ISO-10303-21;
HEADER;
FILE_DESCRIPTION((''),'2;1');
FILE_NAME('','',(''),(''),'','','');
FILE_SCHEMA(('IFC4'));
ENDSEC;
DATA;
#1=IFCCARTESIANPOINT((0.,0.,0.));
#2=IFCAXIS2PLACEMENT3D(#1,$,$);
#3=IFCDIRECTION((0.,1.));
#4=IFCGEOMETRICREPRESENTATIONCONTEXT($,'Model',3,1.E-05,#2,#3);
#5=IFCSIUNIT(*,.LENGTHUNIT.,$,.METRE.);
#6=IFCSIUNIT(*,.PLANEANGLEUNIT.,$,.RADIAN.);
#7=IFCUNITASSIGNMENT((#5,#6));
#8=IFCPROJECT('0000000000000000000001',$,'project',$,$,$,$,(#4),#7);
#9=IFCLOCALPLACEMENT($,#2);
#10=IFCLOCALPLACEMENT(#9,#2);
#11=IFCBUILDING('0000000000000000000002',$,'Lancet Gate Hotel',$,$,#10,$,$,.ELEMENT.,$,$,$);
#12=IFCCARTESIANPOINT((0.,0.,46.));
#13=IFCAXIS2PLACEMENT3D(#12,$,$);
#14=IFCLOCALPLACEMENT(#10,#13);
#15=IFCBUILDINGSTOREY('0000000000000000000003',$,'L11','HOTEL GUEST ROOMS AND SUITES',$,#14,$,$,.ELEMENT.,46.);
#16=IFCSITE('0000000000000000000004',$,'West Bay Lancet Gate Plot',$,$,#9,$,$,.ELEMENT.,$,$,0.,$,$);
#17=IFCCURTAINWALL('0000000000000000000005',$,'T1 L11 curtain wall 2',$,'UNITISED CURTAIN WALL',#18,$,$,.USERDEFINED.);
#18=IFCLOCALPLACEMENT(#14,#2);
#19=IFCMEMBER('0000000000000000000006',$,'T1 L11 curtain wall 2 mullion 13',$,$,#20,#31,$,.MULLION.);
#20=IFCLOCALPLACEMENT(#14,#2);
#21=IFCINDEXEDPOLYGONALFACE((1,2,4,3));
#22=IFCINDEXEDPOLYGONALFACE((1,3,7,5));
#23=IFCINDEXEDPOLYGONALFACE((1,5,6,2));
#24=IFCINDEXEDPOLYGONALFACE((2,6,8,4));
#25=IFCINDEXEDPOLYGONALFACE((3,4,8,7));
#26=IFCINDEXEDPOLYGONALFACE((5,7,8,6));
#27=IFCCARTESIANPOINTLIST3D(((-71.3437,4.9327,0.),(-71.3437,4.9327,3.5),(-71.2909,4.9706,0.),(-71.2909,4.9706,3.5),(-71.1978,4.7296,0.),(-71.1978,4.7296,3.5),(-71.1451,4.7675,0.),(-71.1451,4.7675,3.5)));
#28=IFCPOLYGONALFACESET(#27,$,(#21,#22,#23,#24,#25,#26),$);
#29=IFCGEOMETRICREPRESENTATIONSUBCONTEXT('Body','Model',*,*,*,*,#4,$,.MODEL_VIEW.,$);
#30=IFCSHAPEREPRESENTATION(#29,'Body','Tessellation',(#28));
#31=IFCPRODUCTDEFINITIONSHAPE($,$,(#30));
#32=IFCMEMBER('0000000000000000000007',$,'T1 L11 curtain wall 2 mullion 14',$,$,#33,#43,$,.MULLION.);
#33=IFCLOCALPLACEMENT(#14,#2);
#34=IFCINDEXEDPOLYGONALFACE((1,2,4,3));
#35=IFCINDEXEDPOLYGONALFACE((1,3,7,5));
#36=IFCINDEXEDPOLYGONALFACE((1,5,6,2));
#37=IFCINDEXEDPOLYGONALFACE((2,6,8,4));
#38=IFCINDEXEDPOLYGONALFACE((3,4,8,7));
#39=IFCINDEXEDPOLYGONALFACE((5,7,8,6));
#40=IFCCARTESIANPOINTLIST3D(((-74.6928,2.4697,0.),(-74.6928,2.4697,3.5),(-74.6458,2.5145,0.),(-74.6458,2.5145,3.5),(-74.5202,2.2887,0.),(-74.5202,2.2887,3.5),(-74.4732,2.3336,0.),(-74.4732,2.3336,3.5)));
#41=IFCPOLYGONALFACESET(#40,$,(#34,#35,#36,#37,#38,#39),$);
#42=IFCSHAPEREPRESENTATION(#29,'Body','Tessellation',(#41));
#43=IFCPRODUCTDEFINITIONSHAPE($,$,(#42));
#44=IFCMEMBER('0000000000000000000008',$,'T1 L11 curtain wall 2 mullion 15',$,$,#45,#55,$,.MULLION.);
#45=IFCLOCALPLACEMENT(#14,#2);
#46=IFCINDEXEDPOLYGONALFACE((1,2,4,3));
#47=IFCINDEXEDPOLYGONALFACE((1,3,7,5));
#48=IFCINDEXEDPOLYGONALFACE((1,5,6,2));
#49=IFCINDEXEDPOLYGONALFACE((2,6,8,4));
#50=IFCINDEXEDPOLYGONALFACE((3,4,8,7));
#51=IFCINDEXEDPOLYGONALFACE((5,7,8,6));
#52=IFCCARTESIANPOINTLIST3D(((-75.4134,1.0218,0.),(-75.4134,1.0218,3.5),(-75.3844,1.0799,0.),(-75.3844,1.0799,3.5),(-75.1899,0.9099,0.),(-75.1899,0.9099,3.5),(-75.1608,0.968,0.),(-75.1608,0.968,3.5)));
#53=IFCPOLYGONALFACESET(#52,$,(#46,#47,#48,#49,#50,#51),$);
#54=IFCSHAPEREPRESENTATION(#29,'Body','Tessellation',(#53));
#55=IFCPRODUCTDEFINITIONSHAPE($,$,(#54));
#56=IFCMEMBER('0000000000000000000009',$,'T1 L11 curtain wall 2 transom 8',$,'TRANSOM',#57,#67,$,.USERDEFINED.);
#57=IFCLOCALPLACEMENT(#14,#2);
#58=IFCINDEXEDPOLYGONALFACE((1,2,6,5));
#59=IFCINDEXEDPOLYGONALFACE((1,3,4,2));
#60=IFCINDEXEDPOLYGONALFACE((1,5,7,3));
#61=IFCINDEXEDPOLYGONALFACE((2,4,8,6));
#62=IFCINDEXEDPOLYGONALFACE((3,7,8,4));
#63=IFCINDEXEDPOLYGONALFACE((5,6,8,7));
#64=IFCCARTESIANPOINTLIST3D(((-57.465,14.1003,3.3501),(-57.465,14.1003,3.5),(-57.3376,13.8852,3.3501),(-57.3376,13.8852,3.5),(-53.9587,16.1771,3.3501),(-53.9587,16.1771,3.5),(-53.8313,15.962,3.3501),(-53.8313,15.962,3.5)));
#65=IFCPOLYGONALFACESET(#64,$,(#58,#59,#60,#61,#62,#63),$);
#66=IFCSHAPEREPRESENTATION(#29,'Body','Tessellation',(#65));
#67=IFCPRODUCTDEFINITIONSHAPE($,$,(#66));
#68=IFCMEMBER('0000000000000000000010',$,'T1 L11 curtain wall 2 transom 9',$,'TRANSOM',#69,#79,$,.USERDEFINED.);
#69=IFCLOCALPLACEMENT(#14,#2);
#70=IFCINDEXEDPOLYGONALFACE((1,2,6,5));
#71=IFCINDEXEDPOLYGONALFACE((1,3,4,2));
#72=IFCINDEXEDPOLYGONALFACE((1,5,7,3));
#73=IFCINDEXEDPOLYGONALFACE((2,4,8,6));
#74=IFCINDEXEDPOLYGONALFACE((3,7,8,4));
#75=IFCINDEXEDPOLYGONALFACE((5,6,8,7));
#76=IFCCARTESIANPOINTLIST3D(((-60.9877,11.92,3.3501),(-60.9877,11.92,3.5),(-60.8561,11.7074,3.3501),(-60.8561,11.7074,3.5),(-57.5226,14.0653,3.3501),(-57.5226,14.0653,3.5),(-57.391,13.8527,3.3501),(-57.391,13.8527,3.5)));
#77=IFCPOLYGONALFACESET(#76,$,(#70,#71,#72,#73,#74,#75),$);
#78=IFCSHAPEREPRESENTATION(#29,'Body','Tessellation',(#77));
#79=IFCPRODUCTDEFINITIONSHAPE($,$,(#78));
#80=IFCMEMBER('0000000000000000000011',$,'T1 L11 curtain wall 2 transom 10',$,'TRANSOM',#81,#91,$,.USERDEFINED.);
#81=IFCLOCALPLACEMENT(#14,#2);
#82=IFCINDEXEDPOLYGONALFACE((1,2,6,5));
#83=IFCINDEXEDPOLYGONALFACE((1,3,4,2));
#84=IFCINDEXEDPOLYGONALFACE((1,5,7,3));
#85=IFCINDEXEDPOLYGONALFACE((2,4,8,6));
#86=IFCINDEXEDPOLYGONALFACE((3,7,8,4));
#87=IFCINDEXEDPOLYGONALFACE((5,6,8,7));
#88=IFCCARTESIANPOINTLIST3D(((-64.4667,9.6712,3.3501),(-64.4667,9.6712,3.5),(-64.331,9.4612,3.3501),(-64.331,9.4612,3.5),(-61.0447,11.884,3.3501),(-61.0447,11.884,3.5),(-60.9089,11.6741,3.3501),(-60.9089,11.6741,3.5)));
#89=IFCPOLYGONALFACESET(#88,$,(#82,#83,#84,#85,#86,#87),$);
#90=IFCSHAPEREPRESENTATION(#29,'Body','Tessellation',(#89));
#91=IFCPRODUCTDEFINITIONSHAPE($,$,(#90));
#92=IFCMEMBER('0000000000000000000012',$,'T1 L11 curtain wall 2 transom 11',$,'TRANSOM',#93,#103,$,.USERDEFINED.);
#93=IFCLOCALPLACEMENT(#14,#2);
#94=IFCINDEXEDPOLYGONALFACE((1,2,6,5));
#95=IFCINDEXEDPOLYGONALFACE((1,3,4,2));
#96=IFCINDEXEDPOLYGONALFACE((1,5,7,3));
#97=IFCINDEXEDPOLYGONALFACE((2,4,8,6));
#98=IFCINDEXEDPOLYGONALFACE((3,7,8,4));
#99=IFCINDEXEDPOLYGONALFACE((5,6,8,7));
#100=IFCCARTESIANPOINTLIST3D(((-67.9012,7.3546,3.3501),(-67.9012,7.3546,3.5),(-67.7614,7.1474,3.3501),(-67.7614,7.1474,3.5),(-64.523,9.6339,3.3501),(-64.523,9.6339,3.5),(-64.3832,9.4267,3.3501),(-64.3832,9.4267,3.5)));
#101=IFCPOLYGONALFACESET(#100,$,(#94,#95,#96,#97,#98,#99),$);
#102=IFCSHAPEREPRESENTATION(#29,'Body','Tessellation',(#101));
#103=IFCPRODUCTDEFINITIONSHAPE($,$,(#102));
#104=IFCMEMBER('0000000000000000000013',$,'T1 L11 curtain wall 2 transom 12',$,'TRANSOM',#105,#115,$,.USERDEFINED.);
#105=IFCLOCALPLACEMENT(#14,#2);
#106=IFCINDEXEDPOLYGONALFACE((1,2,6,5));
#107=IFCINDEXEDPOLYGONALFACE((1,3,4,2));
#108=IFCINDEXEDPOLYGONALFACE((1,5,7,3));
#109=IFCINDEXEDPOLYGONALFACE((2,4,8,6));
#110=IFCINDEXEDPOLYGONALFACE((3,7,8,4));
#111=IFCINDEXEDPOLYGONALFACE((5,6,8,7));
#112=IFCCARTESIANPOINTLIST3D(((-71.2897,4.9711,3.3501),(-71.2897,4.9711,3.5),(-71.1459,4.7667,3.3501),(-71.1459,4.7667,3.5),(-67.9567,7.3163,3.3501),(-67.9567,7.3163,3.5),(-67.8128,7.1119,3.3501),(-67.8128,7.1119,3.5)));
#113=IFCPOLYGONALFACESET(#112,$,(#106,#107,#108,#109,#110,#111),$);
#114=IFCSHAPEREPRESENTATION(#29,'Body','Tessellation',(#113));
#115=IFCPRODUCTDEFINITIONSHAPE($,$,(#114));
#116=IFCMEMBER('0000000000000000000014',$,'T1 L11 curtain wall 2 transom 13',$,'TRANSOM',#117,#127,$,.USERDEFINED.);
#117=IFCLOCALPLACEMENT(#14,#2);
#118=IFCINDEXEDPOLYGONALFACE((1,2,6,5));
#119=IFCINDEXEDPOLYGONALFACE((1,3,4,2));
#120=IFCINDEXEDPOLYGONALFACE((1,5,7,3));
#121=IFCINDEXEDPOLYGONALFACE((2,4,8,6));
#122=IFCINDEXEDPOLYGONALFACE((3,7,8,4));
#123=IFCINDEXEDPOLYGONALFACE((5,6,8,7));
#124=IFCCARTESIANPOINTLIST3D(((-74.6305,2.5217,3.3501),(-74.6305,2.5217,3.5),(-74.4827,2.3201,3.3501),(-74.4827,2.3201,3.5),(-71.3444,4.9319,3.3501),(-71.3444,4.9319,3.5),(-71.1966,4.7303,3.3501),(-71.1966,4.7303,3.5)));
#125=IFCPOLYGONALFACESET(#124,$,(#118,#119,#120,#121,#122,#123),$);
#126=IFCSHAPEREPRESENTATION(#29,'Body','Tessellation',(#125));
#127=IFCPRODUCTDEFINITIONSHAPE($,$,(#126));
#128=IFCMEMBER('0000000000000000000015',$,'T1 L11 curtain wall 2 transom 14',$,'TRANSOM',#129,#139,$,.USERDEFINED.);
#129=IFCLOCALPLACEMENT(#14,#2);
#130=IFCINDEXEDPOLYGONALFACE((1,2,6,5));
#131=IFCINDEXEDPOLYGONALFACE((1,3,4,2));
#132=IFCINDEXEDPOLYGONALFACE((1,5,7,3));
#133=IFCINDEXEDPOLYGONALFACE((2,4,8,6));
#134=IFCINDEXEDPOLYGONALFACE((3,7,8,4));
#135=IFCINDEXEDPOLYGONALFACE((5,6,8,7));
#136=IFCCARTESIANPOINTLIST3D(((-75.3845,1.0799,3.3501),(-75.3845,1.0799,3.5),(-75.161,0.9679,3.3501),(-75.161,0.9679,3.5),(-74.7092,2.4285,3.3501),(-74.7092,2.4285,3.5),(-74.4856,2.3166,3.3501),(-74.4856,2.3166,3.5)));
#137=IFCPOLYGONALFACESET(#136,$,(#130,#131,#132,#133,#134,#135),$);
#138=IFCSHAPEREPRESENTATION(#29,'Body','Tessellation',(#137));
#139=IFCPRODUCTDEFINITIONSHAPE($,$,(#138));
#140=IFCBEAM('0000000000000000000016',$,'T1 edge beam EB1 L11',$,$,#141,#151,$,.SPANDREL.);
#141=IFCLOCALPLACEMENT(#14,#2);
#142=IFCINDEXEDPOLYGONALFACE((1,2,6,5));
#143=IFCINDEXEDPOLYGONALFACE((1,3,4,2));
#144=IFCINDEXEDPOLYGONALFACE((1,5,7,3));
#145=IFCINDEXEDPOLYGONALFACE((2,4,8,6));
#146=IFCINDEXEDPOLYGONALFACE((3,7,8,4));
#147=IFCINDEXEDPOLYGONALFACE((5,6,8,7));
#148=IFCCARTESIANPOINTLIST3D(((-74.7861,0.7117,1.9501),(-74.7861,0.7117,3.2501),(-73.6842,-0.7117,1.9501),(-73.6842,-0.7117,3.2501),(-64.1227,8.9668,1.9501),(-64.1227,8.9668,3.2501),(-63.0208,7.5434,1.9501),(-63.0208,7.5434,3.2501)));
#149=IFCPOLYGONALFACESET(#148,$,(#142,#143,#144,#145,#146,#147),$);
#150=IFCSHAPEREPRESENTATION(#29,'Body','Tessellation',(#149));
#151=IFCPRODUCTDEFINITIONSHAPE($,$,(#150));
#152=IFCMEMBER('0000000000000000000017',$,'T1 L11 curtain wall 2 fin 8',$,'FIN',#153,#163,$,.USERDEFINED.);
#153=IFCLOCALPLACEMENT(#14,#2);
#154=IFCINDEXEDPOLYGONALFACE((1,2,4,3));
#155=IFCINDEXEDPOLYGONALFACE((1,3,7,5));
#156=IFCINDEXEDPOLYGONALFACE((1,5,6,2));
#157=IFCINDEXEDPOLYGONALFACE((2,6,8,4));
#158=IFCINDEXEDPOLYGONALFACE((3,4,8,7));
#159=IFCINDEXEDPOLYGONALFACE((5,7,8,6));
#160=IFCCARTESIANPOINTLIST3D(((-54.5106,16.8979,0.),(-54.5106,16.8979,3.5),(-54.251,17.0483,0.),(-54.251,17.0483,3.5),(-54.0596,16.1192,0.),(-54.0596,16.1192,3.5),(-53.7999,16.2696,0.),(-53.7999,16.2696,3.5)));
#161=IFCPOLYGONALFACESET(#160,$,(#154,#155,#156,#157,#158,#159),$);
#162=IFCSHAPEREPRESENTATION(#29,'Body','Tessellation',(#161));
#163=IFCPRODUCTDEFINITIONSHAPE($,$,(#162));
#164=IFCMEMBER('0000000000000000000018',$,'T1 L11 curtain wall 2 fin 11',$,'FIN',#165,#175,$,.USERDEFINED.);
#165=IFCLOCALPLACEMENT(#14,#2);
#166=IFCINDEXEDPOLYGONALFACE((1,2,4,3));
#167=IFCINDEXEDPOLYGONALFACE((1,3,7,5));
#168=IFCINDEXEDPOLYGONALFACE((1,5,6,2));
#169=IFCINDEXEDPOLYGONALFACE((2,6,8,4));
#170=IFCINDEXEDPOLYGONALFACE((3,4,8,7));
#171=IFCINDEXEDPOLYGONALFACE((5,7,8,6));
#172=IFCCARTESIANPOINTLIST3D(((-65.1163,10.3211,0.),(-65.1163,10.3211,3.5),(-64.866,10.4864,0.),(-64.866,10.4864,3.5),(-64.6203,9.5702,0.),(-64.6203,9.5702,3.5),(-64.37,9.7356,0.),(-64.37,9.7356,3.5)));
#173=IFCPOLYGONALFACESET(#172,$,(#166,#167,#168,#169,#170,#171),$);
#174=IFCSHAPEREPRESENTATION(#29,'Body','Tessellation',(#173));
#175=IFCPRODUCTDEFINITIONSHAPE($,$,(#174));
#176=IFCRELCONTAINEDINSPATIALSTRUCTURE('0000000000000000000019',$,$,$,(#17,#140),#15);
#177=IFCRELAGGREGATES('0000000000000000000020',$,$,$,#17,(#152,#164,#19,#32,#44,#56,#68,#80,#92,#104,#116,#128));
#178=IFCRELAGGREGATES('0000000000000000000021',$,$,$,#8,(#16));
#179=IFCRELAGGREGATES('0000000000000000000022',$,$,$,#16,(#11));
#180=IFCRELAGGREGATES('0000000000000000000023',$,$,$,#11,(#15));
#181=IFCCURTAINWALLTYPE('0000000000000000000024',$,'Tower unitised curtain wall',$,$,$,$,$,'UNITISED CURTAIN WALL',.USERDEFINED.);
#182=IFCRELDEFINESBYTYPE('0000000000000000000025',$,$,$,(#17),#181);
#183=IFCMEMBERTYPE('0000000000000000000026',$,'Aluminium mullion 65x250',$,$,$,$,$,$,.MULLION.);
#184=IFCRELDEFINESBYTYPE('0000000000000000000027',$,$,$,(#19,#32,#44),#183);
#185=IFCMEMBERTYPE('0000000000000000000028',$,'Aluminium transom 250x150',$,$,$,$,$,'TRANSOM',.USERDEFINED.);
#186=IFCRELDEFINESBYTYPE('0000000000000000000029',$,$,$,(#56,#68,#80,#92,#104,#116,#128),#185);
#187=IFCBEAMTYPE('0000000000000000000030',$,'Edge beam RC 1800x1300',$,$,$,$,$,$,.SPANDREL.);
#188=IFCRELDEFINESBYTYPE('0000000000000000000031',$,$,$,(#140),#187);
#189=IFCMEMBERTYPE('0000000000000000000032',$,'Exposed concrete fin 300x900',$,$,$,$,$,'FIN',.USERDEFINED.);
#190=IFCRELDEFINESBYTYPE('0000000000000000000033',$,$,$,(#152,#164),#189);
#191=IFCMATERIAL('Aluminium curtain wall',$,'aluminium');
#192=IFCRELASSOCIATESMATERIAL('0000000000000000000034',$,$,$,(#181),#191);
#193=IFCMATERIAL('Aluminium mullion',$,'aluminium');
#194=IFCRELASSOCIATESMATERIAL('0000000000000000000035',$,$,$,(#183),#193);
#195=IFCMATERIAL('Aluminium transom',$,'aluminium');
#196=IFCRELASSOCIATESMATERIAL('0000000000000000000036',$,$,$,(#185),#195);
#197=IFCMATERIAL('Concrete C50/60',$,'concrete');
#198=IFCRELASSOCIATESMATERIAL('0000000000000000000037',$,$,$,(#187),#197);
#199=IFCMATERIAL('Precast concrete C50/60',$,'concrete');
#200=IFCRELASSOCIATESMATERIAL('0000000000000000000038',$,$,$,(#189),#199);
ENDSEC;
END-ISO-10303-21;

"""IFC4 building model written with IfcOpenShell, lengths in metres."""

from ifc_helpers import new_model, si_unit, direction, frame, origin, origin_2d, place, context, subcontext, project, spatial, rectangle, extrude, material, material_profile, profile_set, type_object, element, aggregate, save


model = new_model("IFC4")

# Units and contexts
model_context = context("Model", 3, precision=1e-05, world=origin(), true_north=direction((0.0, 1.0)))
body_context = subcontext(model_context, "Body", "Model", "MODEL_VIEW")
ifc_project = project(units=[si_unit("LENGTHUNIT", "METRE"), si_unit("PLANEANGLEUNIT", "RADIAN")], contexts=[model_context])

# Site, building, storey
site_placement = place(None, origin())
site = spatial("IfcSite", under=ifc_project, at=site_placement, Name="West Bay Lancet Gate Plot", CompositionType="ELEMENT", RefElevation=0.0)
building_placement = place(site_placement, origin())
building = spatial("IfcBuilding", under=site, at=building_placement, Name="Lancet Gate Hotel", CompositionType="ELEMENT")
storey_placement = place(building_placement, frame((0.0, 0.0, 46.0)))
storey = spatial("IfcBuildingStorey", under=building, at=storey_placement, Name="L11", Description="HOTEL GUEST ROOMS AND SUITES", CompositionType="ELEMENT", Elevation=46.0)

# Curtain wall, members
ifc_material_1 = material(Name="Aluminium curtain wall", Category="aluminium")
curtain_wall_type = type_object("IfcCurtainWallType", Name="Tower unitised curtain wall", ElementType="UNITISED CURTAIN WALL", PredefinedType="USERDEFINED", material=ifc_material_1)
curtain_wall_placement = place(storey_placement, origin())
curtain_wall = element("IfcCurtainWall", 1, at=curtain_wall_placement, inside=storey, type_object=curtain_wall_type, Name="T1 L11 curtain wall 2", ObjectType="UNITISED CURTAIN WALL", PredefinedType="USERDEFINED")
ifc_material_2 = material(Name="Aluminium mullion", Category="aluminium")
ifc_material_profile_1 = material_profile(ifc_material_2, rectangle(XDim=0.0649, YDim=0.25, at=origin_2d()), Name="MULLION 65x250")
ifc_profile_set_1 = profile_set([ifc_material_profile_1], Name="Aluminium mullion")
member_type_1 = type_object("IfcMemberType", Name="Aluminium mullion 65x250", PredefinedType="MULLION", material=ifc_profile_set_1)
member_1_placement = place(storey_placement, frame((-71.2444, 4.8501, 0.0), z_axis=(0.0, 0.0, 1.0), x_axis=(-0.812147, -0.583453, 0.0)))
member_1 = element("IfcMember", 2, at=member_1_placement, type_object=member_type_1, Name="T1 L11 curtain wall 2 mullion 13", PredefinedType="MULLION", context=body_context, shape_type="SweptSolid", body=[
    extrude(rectangle(XDim=0.0649, YDim=0.25, at=origin_2d()), origin(), (0.0, 0.0, 1.0), 3.5),
])
member_2_placement = place(storey_placement, frame((-74.583, 2.4016, 0.0), z_axis=(0.0, 0.0, 1.0), x_axis=(-0.723696, -0.690119, 0.0)))
member_2 = element("IfcMember", 3, at=member_2_placement, type_object=member_type_1, Name="T1 L11 curtain wall 2 mullion 14", PredefinedType="MULLION", context=body_context, shape_type="SweptSolid", body=[
    extrude(rectangle(XDim=0.0649, YDim=0.25, at=origin_2d()), origin(), (0.0, 0.0, 1.0), 3.5),
])
member_3_placement = place(storey_placement, frame((-75.2871, 0.9949, 0.0), z_axis=(0.0, 0.0, 1.0), x_axis=(-0.447628, -0.89422, 0.0)))
member_3 = element("IfcMember", 4, at=member_3_placement, type_object=member_type_1, Name="T1 L11 curtain wall 2 mullion 15", PredefinedType="MULLION", context=body_context, shape_type="SweptSolid", body=[
    extrude(rectangle(XDim=0.0649, YDim=0.25, at=origin_2d()), origin(), (0.0, 0.0, 1.0), 3.5),
])
ifc_material_3 = material(Name="Aluminium transom", Category="aluminium")
ifc_material_profile_2 = material_profile(ifc_material_3, rectangle(XDim=0.25, YDim=0.1499, at=origin_2d()), Name="TRANSOM 250x150")
ifc_profile_set_2 = profile_set([ifc_material_profile_2], Name="Aluminium transom")
member_type_2 = type_object("IfcMemberType", Name="Aluminium transom 250x150", ElementType="TRANSOM", PredefinedType="USERDEFINED", material=ifc_profile_set_2)
member_4_placement = place(storey_placement, frame((-53.895, 16.0696, 3.425), z_axis=(-0.860392, -0.509633, 0.0), x_axis=(0.509633, -0.860392, 0.0)))
member_4 = element("IfcMember", 5, at=member_4_placement, type_object=member_type_2, Name="T1 L11 curtain wall 2 transom 8", ObjectType="TRANSOM", PredefinedType="USERDEFINED", context=body_context, shape_type="SweptSolid", body=[
    extrude(rectangle(XDim=0.25, YDim=0.1499, at=origin_2d()), origin(), (0.0, 0.0, 1.0), 4.0752),
])
member_5_placement = place(storey_placement, frame((-57.4568, 13.959, 3.425), z_axis=(-0.850242, -0.526392, 0.0), x_axis=(0.526392, -0.850242, 0.0)))
member_5 = element("IfcMember", 6, at=member_5_placement, type_object=member_type_2, Name="T1 L11 curtain wall 2 transom 9", ObjectType="TRANSOM", PredefinedType="USERDEFINED", context=body_context, shape_type="SweptSolid", body=[
    extrude(rectangle(XDim=0.25, YDim=0.1499, at=origin_2d()), origin(), (0.0, 0.0, 1.0), 4.0754),
])
member_6_placement = place(storey_placement, frame((-60.9768, 11.7791, 3.425), z_axis=(-0.839729, -0.543005, 0.0), x_axis=(0.543005, -0.839729, 0.0)))
member_6 = element("IfcMember", 7, at=member_6_placement, type_object=member_type_2, Name="T1 L11 curtain wall 2 transom 10", ObjectType="TRANSOM", PredefinedType="USERDEFINED", context=body_context, shape_type="SweptSolid", body=[
    extrude(rectangle(XDim=0.25, YDim=0.1499, at=origin_2d()), origin(), (0.0, 0.0, 1.0), 4.0752),
])
member_7_placement = place(storey_placement, frame((-64.4531, 9.5303, 3.425), z_axis=(-0.828959, -0.559309, 0.0), x_axis=(0.559309, -0.828959, 0.0)))
member_7 = element("IfcMember", 8, at=member_7_placement, type_object=member_type_2, Name="T1 L11 curtain wall 2 transom 11", ObjectType="TRANSOM", PredefinedType="USERDEFINED", context=body_context, shape_type="SweptSolid", body=[
    extrude(rectangle(XDim=0.25, YDim=0.1499, at=origin_2d()), origin(), (0.0, 0.0, 1.0), 4.0752),
])
member_8_placement = place(storey_placement, frame((-67.8848, 7.2141, 3.425), z_axis=(-0.817834, -0.575455, 0.0), x_axis=(0.575455, -0.817834, 0.0)))
member_8 = element("IfcMember", 9, at=member_8_placement, type_object=member_type_2, Name="T1 L11 curtain wall 2 transom 12", ObjectType="TRANSOM", PredefinedType="USERDEFINED", context=body_context, shape_type="SweptSolid", body=[
    extrude(rectangle(XDim=0.25, YDim=0.1499, at=origin_2d()), origin(), (0.0, 0.0, 1.0), 4.0754),
])
member_9_placement = place(storey_placement, frame((-71.2705, 4.8311, 3.425), z_axis=(-0.806367, -0.591416, 0.0), x_axis=(0.591416, -0.806367, 0.0)))
member_9 = element("IfcMember", 10, at=member_9_placement, type_object=member_type_2, Name="T1 L11 curtain wall 2 transom 13", ObjectType="TRANSOM", PredefinedType="USERDEFINED", context=body_context, shape_type="SweptSolid", body=[
    extrude(rectangle(XDim=0.25, YDim=0.1499, at=origin_2d()), origin(), (0.0, 0.0, 1.0), 4.0752),
])
member_10_placement = place(storey_placement, frame((-74.5974, 2.3726, 3.425), z_axis=(-0.447732, -0.894168, 0.0), x_axis=(0.894168, -0.447732, 0.0)))
member_10 = element("IfcMember", 11, at=member_10_placement, type_object=member_type_2, Name="T1 L11 curtain wall 2 transom 14", ObjectType="TRANSOM", PredefinedType="USERDEFINED", context=body_context, shape_type="SweptSolid", body=[
    extrude(rectangle(XDim=0.25, YDim=0.1499, at=origin_2d()), origin(), (0.0, 0.0, 1.0), 1.5083),
])

# Beam
ifc_material_4 = material(Name="Concrete C50/60", Category="concrete")
ifc_material_profile_3 = material_profile(ifc_material_4, rectangle(XDim=1.8, YDim=1.3, at=origin_2d()), Name="RC 1800x1300")
ifc_profile_set_3 = profile_set([ifc_material_profile_3], Name="Concrete C50/60")
beam_type_1 = type_object("IfcBeamType", Name="Edge beam RC 1800x1300", PredefinedType="SPANDREL", material=ifc_profile_set_3)
beam_1_placement = place(storey_placement, frame((-63.5718, 8.2551, 2.6001), z_axis=(-0.790736, -0.612157, 0.0), x_axis=(0.612157, -0.790736, 0.0)))
element("IfcBeam", 12, at=beam_1_placement, inside=storey, type_object=beam_type_1, Name="T1 edge beam EB1 L11", PredefinedType="SPANDREL", context=body_context, shape_type="SweptSolid", body=[
    extrude(rectangle(XDim=1.8, YDim=1.3, at=origin_2d()), origin(), (0.0, 0.0, 1.0), 13.4854),
])

# Members
ifc_material_5 = material(Name="Precast concrete C50/60", Category="concrete")
ifc_material_profile_4 = material_profile(ifc_material_5, rectangle(XDim=0.3, YDim=0.8999, at=origin_2d()), Name="FIN 300x900")
ifc_profile_set_4 = profile_set([ifc_material_profile_4], Name="Precast concrete C50/60")
member_type_3 = type_object("IfcMemberType", Name="Exposed concrete fin 300x900", ElementType="FIN", PredefinedType="USERDEFINED", material=ifc_profile_set_4)
member_11_placement = place(storey_placement, frame((-54.1553, 16.5837, 0.0), z_axis=(0.0, 0.0, 1.0), x_axis=(-0.865335, -0.501194, 0.0)))
member_11 = element("IfcMember", 13, at=member_11_placement, type_object=member_type_3, Name="T1 L11 curtain wall 2 fin 8", ObjectType="FIN", PredefinedType="USERDEFINED", context=body_context, shape_type="SweptSolid", body=[
    extrude(rectangle(XDim=0.3, YDim=0.8999, at=origin_2d()), origin(), (0.0, 0.0, 1.0), 3.5),
])
member_12_placement = place(storey_placement, frame((-64.7432, 10.0283, 0.0), z_axis=(0.0, 0.0, 1.0), x_axis=(-0.834387, -0.551178, 0.0)))
member_12 = element("IfcMember", 14, at=member_12_placement, type_object=member_type_3, Name="T1 L11 curtain wall 2 fin 11", ObjectType="FIN", PredefinedType="USERDEFINED", context=body_context, shape_type="SweptSolid", body=[
    extrude(rectangle(XDim=0.3, YDim=0.8999, at=origin_2d()), origin(), (0.0, 0.0, 1.0), 3.5),
])

aggregate(curtain_wall, [member_11, member_12, member_1, member_2, member_3, member_4, member_5, member_6, member_7, member_8, member_9, member_10])

save(model, "model.ifc")
